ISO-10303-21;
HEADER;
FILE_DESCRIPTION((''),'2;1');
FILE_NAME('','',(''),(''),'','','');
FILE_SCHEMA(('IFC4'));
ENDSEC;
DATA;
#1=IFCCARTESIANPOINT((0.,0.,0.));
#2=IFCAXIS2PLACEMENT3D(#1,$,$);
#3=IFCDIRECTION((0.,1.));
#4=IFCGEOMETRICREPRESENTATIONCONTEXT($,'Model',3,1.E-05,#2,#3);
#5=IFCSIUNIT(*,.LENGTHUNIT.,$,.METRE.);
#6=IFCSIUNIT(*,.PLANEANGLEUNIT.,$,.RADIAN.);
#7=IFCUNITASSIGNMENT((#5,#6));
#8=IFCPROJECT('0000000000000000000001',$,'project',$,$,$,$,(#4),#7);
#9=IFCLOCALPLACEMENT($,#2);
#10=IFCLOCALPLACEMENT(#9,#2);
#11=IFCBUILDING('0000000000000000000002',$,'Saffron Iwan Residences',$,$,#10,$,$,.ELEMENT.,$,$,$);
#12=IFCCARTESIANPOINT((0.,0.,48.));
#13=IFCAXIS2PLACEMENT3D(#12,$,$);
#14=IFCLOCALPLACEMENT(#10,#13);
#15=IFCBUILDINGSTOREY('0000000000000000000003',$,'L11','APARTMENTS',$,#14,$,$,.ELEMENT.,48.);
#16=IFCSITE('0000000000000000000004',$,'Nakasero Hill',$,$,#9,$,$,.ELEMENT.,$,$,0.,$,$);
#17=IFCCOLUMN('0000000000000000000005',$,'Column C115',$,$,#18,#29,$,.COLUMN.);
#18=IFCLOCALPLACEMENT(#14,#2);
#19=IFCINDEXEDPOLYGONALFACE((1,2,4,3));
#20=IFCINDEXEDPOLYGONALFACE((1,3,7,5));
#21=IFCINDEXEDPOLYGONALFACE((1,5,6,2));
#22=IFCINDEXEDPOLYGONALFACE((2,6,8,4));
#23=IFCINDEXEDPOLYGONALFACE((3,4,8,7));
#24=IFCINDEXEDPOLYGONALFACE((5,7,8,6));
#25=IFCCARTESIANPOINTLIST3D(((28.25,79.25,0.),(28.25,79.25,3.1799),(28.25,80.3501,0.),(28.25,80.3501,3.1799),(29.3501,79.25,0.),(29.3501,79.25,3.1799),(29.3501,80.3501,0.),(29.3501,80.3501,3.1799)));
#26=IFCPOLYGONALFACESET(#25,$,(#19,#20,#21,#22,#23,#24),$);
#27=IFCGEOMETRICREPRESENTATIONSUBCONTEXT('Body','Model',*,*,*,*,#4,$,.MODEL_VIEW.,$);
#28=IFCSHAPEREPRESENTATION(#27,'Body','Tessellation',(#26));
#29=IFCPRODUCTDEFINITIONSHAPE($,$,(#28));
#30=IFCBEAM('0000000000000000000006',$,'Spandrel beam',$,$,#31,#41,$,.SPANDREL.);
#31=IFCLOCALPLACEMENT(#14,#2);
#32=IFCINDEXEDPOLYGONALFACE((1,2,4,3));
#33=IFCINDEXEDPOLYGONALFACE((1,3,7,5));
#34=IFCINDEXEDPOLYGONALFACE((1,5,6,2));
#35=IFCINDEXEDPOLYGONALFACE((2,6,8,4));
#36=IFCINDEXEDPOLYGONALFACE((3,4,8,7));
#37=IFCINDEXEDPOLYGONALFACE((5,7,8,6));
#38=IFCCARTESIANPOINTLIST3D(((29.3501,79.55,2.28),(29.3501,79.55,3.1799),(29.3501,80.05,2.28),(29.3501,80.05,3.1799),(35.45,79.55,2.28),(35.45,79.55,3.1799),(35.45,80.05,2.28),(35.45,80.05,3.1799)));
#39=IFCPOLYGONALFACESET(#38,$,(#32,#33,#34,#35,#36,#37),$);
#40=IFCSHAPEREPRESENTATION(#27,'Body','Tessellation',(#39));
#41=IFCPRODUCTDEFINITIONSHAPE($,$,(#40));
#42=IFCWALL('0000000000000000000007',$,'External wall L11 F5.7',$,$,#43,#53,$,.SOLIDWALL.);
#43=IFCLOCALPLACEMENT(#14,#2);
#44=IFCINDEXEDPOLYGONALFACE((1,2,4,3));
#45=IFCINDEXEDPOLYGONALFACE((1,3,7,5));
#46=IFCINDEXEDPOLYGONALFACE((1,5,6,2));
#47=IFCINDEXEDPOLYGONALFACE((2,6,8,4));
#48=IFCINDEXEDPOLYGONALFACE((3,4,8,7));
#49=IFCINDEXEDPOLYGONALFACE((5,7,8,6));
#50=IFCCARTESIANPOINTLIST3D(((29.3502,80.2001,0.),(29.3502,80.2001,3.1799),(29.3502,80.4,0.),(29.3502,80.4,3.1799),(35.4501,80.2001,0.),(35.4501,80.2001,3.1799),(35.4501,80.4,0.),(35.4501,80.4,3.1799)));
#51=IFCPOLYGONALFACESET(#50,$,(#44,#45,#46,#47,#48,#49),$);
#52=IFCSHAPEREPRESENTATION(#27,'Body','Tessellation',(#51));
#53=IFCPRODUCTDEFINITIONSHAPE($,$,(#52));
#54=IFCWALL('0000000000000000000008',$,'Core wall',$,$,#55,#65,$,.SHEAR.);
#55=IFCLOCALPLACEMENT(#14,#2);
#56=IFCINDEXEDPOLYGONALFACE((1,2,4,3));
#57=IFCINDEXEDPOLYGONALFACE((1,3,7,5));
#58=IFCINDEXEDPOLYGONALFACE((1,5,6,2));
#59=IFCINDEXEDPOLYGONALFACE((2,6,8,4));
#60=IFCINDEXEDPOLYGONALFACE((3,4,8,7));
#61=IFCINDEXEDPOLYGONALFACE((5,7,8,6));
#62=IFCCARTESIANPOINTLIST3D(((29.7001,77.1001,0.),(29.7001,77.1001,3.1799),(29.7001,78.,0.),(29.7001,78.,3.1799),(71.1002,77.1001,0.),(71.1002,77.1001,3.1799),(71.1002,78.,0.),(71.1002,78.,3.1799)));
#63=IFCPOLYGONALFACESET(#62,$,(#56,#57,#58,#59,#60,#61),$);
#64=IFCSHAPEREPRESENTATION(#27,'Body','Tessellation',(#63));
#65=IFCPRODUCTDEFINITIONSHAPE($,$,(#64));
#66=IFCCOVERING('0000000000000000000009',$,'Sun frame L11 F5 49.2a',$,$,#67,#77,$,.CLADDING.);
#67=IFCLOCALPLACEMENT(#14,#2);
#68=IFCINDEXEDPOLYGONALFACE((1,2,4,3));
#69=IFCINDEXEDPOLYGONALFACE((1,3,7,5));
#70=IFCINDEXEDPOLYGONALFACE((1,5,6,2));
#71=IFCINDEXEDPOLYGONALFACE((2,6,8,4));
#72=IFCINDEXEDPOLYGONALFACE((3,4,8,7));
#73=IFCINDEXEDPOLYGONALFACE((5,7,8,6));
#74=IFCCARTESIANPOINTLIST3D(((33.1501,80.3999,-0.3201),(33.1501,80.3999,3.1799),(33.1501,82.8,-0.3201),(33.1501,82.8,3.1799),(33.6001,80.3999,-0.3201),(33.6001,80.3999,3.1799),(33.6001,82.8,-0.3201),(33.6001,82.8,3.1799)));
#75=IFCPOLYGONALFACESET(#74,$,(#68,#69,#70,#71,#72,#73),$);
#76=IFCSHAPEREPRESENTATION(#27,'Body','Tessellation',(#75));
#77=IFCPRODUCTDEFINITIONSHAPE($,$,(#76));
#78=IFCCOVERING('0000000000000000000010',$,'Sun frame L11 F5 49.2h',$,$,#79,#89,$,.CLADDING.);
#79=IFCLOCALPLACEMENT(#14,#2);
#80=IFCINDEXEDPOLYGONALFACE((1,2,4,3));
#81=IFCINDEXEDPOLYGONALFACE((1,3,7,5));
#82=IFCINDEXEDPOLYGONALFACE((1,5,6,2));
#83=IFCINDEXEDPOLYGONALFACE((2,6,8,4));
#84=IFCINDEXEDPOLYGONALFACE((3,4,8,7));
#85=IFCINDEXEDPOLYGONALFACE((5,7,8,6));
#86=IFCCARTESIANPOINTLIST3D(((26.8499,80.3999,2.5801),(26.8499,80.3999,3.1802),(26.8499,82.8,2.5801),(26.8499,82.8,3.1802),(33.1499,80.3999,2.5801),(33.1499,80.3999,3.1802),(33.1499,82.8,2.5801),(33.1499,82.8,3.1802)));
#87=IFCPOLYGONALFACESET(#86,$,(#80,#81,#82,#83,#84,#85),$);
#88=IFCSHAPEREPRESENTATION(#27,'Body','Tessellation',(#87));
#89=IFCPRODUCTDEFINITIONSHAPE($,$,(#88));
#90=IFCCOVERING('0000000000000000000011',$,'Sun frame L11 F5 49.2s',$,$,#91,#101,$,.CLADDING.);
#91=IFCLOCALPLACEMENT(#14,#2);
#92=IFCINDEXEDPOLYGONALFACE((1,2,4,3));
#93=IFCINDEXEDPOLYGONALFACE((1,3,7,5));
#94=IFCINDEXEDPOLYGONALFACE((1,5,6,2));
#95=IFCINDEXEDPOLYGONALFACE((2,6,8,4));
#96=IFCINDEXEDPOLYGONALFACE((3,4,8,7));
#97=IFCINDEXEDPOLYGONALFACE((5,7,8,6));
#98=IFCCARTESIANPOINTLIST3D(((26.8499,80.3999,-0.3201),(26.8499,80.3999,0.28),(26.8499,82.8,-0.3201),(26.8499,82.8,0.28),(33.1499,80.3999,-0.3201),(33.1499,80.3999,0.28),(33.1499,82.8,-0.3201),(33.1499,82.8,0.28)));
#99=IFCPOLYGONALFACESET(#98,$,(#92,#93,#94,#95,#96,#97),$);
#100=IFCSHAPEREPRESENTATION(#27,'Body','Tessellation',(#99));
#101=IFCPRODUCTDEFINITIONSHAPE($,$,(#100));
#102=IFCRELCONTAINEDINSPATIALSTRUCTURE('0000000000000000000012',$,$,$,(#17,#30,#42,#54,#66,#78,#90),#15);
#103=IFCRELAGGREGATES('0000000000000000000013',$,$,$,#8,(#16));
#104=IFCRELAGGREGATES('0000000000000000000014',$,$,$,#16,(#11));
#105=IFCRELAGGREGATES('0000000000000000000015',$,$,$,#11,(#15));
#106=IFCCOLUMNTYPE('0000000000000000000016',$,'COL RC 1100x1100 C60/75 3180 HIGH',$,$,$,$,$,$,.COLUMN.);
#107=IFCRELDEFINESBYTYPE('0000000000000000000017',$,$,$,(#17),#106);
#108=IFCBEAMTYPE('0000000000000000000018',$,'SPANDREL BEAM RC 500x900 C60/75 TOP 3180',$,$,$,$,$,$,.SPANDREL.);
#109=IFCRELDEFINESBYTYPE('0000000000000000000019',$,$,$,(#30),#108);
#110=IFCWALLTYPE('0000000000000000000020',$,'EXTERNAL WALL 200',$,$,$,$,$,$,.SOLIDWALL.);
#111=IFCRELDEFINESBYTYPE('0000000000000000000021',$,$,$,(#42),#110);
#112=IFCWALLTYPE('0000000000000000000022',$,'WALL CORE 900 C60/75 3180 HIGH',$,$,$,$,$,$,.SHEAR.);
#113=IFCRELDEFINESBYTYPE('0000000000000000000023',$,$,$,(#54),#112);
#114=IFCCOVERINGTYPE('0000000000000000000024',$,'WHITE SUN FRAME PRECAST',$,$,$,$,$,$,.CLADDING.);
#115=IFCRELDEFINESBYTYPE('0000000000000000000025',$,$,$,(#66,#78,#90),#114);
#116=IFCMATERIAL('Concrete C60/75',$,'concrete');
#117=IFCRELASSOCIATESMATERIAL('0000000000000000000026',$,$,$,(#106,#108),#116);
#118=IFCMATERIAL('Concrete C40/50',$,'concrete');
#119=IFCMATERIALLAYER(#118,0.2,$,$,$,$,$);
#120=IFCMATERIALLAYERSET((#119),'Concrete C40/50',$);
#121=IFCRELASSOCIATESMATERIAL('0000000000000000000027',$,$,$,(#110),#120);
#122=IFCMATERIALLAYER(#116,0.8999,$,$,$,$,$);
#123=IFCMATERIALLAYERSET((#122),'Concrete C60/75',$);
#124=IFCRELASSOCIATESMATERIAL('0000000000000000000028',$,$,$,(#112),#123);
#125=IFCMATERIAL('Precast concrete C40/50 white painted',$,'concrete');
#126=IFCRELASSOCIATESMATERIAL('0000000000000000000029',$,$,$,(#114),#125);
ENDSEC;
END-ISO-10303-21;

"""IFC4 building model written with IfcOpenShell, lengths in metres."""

from ifc_helpers import new_model, si_unit, direction, frame, frame_2d, origin, origin_2d, place, context, subcontext, project, spatial, polyline, rectangle, outline, extrude, source, transform, mapped, material, layer, layer_set, material_profile, profile_set, type_object, element, save


model = new_model("IFC4")

# Units and contexts
model_context = context("Model", 3, precision=1e-05, world=origin(), true_north=direction((0.0, 1.0)))
body_context = subcontext(model_context, "Body", "Model", "MODEL_VIEW")
ifc_project = project(units=[si_unit("LENGTHUNIT", "METRE"), si_unit("PLANEANGLEUNIT", "RADIAN")], contexts=[model_context])

# Site, building, storey
site_placement = place(None, origin())
site = spatial("IfcSite", under=ifc_project, at=site_placement, Name="Nakasero Hill", CompositionType="ELEMENT", RefElevation=0.0)
building_placement = place(site_placement, origin())
building = spatial("IfcBuilding", under=site, at=building_placement, Name="Saffron Iwan Residences", CompositionType="ELEMENT")
storey_placement = place(building_placement, frame((0.0, 0.0, 48.0)))
storey = spatial("IfcBuildingStorey", under=building, at=storey_placement, Name="L11", Description="APARTMENTS", CompositionType="ELEMENT", Elevation=48.0)

# Column
ifc_material_1 = material(Name="Concrete C60/75", Category="concrete")
ifc_material_profile_1 = material_profile(ifc_material_1, rectangle(XDim=1.1001, YDim=1.1001, at=origin_2d()), Name="RC 1100x1100")
ifc_profile_set_1 = profile_set([ifc_material_profile_1], Name="Concrete C60/75")
column_type = type_object("IfcColumnType", Name="COL RC 1100x1100 C60/75 3180 HIGH", PredefinedType="COLUMN", material=ifc_profile_set_1)
shared_shape_1 = source(origin(), body_context, "Body", "SweptSolid", [
    extrude(rectangle(XDim=1.1001, YDim=1.1001, at=origin_2d()), origin(), (0.0, 0.0, 1.0), 3.1799),
])
column_placement = place(storey_placement, frame((28.8, 79.8, 0.0), z_axis=(0.0, 0.0, 1.0), x_axis=(1.0, 0.0, 0.0)))
element("IfcColumn", 1, at=column_placement, inside=storey, type_object=column_type, Name="Column C115", PredefinedType="COLUMN", context=body_context, shape_type="MappedRepresentation", body=[
    mapped(shared_shape_1, transform((0.0, 0.0, 0.0))),
])

# Beam
ifc_material_profile_2 = material_profile(ifc_material_1, rectangle(XDim=0.5, YDim=0.8999, at=origin_2d()), Name="RC 500x900")
ifc_profile_set_2 = profile_set([ifc_material_profile_2], Name="Concrete C60/75")
beam_type = type_object("IfcBeamType", Name="SPANDREL BEAM RC 500x900 C60/75 TOP 3180", PredefinedType="SPANDREL", material=ifc_profile_set_2)
shared_shape_2 = source(origin(), body_context, "Body", "SweptSolid", [
    extrude(rectangle(XDim=0.5, YDim=0.8999, at=origin_2d()), origin(), (0.0, 0.0, 1.0), 6.0999),
])
beam_placement = place(storey_placement, frame((29.3501, 79.8, 2.73), z_axis=(1.0, 0.0, 0.0), x_axis=(0.0, 1.0, 0.0)))
element("IfcBeam", 2, at=beam_placement, inside=storey, type_object=beam_type, Name="Spandrel beam", PredefinedType="SPANDREL", context=body_context, shape_type="MappedRepresentation", body=[
    mapped(shared_shape_2, transform((0.0, 0.0, 0.0))),
])

# Walls
ifc_material_2 = material(Name="Concrete C40/50", Category="concrete")
ifc_layer_1 = layer(ifc_material_2, 0.2)
ifc_layer_set_1 = layer_set([ifc_layer_1], Name="Concrete C40/50")
wall_type_1 = type_object("IfcWallType", Name="EXTERNAL WALL 200", PredefinedType="SOLIDWALL", material=ifc_layer_set_1)
wall_1_placement = place(storey_placement, frame((35.45, 80.3, 0.0), z_axis=(0.0, 0.0, 1.0), x_axis=(-1.0, 0.0, 0.0)))
element("IfcWall", 3, at=wall_1_placement, inside=storey, type_object=wall_type_1, Name="External wall L11 F5.7", PredefinedType="SOLIDWALL", context=body_context, shape_type="SweptSolid", body=[
    extrude(rectangle(XDim=6.0999, YDim=0.2, at=frame_2d((3.0498, 0.0))), origin(), (0.0, 0.0, 1.0), 3.1799),
])
ifc_layer_2 = layer(ifc_material_1, 0.8999)
ifc_layer_set_2 = layer_set([ifc_layer_2], Name="Concrete C60/75")
wall_type_2 = type_object("IfcWallType", Name="WALL CORE 900 C60/75 3180 HIGH", PredefinedType="SHEAR", material=ifc_layer_set_2)
wall_2_placement = place(storey_placement, frame((29.7, 77.55, 0.0), z_axis=(0.0, 0.0, 1.0), x_axis=(1.0, 0.0, 0.0)))
element("IfcWall", 4, at=wall_2_placement, inside=storey, type_object=wall_type_2, Name="Core wall", PredefinedType="SHEAR", context=body_context, shape_type="SweptSolid", body=[
    extrude(rectangle(XDim=41.4001, YDim=0.8999, at=frame_2d((20.7002, 0.0))), origin(), (0.0, 0.0, 1.0), 3.1799),
])

# Coverings
ifc_material_3 = material(Name="Precast concrete C40/50 white painted", Category="concrete")
covering_type = type_object("IfcCoveringType", Name="WHITE SUN FRAME PRECAST", PredefinedType="CLADDING", material=ifc_material_3)
covering_placement = place(storey_placement, frame((33.6001, 80.3999, -0.3201), z_axis=(0.0, 1.0, 0.0), x_axis=(-1.0, 0.0, 0.0)))
element("IfcCovering", 5, at=covering_placement, inside=storey, type_object=covering_type, Name="Sun frame L11 F5 49.2a", PredefinedType="CLADDING", context=body_context, shape_type="SweptSolid", body=[
    extrude(outline(polyline([(0.0, 0.0), (0.45, 0.0), (0.45, 3.5), (0.0, 3.5), (0.0, 0.0)])), origin(), (0.0, 0.0, 1.0), 2.4001),
])
for number, where, z_axis, x_axis, name in (
    (6, (33.1499, 80.3999, 2.5801), (0.0, 1.0, 0.0), (-1.0, 0.0, 0.0), "Sun frame L11 F5 49.2h"),
    (7, (33.1499, 80.3999, -0.3201), (0.0, 1.0, 0.0), (-1.0, 0.0, 0.0), "Sun frame L11 F5 49.2s"),
):
    element("IfcCovering", number, at=place(storey_placement, frame(where, z_axis=z_axis, x_axis=x_axis)), inside=storey, type_object=covering_type, Name=name, PredefinedType="CLADDING", context=body_context, shape_type="SweptSolid", body=[
        extrude(outline(polyline([(0.0, 0.0), (6.3, 0.0), (6.3, 0.6001), (0.0, 0.6001), (0.0, 0.0)])), origin(), (0.0, 0.0, 1.0), 2.4001),
    ])

save(model, "model.ifc")
